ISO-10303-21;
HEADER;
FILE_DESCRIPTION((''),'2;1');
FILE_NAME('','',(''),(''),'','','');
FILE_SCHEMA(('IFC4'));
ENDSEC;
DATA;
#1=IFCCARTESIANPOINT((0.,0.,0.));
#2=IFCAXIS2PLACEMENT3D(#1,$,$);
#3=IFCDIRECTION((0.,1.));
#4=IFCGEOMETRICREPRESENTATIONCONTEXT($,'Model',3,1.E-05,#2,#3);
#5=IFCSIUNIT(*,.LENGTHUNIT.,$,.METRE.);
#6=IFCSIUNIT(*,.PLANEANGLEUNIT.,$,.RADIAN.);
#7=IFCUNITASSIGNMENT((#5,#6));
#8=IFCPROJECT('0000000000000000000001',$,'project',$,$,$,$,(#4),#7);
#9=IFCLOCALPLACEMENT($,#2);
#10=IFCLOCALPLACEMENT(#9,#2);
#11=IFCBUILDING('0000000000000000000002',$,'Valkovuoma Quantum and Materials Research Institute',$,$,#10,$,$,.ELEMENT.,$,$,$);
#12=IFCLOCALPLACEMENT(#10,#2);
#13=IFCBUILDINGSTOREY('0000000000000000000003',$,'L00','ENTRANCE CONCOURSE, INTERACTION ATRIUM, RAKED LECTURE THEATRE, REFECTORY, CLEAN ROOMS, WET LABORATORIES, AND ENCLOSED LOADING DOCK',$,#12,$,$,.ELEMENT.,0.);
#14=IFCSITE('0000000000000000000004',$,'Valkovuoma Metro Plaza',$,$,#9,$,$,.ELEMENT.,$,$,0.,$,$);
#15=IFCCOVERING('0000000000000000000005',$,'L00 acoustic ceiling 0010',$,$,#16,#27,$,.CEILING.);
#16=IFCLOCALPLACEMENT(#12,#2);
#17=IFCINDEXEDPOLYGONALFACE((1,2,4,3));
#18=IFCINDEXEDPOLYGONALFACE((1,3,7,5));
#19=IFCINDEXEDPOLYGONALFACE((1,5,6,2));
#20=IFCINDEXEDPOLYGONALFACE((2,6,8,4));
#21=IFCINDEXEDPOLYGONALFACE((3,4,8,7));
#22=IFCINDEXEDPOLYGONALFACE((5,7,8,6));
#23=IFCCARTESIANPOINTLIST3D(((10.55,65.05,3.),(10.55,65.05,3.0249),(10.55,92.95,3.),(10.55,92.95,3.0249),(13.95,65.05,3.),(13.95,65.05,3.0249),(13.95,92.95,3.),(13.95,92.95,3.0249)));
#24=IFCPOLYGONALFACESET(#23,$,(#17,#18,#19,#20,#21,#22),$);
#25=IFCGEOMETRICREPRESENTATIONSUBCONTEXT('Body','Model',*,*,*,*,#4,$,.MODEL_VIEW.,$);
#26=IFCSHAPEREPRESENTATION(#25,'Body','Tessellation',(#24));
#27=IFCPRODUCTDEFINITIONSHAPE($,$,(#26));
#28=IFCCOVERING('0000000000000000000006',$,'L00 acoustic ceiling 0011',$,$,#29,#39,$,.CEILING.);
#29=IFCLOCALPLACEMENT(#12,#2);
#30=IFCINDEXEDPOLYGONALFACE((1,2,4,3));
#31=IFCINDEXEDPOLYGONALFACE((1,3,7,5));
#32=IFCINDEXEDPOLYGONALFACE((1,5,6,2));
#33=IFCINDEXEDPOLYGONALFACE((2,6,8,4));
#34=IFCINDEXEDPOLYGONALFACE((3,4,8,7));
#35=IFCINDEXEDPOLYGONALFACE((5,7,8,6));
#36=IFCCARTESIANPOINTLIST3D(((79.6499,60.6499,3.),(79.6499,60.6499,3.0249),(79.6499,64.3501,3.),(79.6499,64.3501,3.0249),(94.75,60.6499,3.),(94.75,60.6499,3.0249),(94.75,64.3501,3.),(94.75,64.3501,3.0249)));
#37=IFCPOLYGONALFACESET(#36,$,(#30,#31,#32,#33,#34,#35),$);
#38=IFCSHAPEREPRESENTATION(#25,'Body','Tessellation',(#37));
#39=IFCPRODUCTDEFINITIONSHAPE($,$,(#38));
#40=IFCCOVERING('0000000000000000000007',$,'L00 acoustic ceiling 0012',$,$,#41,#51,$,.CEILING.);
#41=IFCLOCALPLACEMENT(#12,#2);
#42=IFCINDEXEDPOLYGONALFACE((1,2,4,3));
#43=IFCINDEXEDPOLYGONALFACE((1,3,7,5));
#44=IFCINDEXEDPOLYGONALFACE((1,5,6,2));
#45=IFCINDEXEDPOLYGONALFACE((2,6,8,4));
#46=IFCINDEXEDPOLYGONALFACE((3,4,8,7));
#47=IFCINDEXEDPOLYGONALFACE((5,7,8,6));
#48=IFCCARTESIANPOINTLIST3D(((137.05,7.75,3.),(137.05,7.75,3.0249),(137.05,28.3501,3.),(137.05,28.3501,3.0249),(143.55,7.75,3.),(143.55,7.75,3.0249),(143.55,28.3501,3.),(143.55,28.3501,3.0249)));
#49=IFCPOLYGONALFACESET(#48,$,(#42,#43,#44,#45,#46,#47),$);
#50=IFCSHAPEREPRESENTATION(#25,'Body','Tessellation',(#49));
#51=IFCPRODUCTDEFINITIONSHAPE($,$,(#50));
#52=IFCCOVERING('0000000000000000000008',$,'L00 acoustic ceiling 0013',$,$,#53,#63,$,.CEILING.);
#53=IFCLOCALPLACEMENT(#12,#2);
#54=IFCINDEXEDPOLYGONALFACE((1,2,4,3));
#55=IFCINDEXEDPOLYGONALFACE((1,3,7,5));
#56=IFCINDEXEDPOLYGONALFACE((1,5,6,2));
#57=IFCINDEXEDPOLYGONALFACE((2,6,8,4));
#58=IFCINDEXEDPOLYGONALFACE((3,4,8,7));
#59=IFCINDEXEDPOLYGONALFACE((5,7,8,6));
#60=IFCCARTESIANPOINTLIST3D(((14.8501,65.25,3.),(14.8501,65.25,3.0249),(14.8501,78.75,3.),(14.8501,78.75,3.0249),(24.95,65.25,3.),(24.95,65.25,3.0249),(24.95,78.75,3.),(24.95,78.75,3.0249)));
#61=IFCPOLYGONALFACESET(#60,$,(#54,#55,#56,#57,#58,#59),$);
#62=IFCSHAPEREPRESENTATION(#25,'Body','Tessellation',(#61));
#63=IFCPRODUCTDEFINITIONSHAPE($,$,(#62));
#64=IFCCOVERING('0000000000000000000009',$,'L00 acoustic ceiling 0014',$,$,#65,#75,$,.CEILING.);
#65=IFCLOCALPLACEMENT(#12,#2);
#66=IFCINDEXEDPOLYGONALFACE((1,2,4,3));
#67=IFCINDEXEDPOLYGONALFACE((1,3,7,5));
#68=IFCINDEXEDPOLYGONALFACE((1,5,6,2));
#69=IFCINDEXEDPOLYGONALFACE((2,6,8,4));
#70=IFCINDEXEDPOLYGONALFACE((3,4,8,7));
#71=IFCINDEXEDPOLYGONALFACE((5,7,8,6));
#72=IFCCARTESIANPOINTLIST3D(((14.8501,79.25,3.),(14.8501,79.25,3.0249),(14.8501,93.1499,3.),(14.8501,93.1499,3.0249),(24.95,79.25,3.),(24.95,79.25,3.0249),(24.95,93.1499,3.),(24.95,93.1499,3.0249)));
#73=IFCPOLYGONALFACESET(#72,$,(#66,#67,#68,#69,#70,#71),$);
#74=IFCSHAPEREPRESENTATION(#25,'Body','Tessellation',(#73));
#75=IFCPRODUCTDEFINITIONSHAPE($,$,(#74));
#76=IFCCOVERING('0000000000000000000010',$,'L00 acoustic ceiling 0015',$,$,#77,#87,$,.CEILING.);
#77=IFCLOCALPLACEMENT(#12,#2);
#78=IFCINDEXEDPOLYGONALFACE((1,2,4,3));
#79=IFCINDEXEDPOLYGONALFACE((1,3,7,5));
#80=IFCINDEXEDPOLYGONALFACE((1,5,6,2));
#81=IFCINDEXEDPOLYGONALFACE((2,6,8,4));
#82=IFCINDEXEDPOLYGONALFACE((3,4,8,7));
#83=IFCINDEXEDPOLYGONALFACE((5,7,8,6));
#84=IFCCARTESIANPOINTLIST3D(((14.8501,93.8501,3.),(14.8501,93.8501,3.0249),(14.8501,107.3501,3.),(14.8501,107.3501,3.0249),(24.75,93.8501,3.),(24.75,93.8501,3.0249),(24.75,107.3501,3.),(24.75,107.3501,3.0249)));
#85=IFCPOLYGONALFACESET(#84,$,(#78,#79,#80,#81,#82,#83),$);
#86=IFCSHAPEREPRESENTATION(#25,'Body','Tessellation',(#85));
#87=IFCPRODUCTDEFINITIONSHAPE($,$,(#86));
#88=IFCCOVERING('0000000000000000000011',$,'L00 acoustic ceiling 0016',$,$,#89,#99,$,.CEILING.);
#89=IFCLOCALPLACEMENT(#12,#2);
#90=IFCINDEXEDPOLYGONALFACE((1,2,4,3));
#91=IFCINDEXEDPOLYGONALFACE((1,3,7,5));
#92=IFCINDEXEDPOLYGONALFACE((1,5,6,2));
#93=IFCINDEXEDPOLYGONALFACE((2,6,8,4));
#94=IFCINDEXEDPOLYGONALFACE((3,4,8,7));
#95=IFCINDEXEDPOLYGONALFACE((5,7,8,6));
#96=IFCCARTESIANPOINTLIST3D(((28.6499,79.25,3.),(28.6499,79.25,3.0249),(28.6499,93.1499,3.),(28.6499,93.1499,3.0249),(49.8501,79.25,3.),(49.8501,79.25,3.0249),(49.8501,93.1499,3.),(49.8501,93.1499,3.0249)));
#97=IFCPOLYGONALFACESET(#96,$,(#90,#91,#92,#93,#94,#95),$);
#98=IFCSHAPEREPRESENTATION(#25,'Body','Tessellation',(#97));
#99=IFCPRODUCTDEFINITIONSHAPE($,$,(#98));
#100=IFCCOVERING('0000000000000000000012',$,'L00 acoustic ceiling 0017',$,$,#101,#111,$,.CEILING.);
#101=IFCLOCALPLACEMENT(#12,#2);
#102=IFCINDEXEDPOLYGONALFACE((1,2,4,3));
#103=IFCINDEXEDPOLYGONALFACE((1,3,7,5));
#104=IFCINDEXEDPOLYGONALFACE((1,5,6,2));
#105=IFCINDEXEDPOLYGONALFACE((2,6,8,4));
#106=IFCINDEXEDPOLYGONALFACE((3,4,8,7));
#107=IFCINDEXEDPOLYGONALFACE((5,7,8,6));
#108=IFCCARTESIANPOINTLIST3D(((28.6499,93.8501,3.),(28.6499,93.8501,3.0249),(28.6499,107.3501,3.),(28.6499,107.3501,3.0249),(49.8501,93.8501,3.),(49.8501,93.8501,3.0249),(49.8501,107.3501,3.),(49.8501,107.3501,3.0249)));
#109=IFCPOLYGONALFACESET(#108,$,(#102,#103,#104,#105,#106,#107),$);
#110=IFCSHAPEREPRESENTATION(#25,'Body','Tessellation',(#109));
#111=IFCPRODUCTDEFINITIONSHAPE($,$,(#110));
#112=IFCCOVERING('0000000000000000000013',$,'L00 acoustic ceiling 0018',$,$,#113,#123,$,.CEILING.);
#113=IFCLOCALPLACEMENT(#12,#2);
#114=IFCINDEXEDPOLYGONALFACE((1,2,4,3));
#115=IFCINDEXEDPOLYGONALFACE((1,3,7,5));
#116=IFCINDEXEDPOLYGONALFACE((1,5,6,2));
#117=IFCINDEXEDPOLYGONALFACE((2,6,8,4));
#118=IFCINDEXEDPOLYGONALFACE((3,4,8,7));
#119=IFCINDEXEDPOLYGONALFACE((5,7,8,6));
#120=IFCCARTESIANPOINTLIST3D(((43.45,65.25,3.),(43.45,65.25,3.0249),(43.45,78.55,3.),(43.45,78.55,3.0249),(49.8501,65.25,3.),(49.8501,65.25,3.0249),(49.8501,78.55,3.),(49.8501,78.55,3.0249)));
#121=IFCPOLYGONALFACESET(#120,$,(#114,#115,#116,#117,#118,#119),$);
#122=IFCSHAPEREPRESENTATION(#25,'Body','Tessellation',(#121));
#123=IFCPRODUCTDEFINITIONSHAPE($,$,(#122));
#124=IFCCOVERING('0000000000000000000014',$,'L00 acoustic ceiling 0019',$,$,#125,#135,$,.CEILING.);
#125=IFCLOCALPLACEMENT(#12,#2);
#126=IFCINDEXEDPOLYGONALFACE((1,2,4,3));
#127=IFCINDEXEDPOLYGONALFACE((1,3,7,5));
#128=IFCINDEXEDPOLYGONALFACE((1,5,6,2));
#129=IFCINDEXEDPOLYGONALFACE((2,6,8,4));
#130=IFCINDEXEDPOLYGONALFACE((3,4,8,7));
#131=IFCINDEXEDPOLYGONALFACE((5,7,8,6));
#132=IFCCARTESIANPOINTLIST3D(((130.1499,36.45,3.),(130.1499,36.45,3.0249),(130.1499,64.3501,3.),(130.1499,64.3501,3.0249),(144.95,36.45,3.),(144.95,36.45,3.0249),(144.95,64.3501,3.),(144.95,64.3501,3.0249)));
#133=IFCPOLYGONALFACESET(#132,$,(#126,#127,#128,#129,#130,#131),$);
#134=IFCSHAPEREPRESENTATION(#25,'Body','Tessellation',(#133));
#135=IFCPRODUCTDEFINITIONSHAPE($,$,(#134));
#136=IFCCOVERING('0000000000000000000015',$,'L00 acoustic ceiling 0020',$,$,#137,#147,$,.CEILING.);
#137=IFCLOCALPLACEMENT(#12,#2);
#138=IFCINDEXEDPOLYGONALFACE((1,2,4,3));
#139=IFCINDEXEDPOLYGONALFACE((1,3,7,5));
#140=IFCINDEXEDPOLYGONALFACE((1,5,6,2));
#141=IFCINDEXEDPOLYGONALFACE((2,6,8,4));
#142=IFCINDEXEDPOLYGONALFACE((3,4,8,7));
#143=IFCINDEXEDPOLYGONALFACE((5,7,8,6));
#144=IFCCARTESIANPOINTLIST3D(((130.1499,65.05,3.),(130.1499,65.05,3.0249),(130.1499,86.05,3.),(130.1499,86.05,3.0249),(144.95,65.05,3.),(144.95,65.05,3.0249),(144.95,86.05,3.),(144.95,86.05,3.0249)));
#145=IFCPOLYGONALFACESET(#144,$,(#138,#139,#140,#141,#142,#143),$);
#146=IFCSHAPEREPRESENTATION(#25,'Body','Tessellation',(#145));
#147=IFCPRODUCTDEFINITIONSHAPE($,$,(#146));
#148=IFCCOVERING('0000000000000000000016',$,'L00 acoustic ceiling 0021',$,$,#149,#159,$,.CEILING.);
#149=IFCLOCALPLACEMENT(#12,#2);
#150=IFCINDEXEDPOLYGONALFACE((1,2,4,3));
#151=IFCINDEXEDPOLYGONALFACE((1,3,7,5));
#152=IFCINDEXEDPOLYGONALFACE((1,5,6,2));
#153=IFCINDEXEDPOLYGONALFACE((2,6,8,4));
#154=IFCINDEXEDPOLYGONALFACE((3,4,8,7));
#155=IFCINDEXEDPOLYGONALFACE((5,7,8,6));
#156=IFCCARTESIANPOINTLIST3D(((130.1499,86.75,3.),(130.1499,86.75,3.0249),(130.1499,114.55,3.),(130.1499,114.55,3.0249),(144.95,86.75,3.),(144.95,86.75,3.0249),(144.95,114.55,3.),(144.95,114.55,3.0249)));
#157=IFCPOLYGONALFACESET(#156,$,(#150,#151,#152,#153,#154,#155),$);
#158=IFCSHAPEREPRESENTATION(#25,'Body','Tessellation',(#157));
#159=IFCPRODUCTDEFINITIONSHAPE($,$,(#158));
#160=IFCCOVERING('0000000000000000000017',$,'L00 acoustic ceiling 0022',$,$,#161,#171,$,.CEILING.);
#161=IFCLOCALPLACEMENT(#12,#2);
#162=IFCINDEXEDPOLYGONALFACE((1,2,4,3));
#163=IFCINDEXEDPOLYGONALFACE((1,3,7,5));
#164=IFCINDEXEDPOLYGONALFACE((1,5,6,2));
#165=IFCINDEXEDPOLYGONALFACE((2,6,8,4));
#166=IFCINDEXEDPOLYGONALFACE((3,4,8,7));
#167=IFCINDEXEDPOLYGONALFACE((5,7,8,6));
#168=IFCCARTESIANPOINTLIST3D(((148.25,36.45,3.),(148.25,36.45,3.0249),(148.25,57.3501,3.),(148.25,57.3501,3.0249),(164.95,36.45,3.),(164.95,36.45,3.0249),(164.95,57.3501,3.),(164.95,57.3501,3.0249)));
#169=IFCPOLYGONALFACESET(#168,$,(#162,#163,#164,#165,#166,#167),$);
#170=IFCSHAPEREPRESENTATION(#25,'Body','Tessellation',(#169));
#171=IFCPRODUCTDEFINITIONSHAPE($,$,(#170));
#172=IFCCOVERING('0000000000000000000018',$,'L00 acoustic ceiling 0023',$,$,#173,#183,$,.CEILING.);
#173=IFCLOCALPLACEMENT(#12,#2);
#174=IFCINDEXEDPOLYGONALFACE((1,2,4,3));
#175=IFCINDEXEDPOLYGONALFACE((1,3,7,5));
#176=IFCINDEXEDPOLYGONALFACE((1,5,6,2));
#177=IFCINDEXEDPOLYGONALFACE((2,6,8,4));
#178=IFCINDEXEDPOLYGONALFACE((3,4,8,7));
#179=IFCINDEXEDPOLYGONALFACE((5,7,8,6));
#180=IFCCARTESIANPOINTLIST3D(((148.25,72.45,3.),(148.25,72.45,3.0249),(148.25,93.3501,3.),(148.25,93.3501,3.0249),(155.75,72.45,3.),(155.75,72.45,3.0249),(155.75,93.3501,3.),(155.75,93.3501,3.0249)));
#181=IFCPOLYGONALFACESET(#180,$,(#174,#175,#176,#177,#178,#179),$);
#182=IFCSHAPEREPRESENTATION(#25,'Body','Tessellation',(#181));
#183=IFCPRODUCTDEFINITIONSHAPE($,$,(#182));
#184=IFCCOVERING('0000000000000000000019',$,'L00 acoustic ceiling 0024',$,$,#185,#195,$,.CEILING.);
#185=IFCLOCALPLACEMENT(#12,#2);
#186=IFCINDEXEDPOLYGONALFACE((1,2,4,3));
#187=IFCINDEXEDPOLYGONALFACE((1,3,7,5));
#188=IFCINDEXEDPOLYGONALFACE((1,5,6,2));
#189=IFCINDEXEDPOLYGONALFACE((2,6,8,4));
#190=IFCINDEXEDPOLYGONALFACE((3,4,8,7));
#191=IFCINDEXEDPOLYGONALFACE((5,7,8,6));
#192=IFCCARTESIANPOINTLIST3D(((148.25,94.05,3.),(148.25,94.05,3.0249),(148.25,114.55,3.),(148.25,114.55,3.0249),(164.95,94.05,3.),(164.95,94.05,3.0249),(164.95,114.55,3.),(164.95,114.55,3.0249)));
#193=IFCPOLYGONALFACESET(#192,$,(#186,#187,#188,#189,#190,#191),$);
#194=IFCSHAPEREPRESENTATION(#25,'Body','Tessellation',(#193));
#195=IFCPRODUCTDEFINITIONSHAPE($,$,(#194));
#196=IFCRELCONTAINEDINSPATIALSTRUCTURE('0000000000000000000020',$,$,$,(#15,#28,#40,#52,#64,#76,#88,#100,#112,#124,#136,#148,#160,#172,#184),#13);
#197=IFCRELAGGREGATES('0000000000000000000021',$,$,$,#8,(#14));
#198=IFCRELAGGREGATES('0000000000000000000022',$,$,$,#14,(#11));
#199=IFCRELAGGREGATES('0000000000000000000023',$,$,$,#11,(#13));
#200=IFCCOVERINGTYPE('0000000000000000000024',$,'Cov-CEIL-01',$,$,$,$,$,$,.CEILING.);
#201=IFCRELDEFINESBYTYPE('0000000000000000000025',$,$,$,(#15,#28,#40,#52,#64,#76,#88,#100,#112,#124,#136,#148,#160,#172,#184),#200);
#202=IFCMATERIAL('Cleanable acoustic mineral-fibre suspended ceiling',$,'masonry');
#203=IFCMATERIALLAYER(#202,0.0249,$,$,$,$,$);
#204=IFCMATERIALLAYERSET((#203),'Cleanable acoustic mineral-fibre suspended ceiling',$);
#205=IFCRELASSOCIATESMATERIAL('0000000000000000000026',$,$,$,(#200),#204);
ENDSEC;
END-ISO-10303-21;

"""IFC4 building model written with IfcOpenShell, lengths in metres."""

from ifc_helpers import new_model, si_unit, direction, frame, origin, place, context, subcontext, project, spatial, polyline, outline, extrude, material, layer, layer_set, type_object, element, save


model = new_model("IFC4")

# Units and contexts
model_context = context("Model", 3, precision=1e-05, world=origin(), true_north=direction((0.0, 1.0)))
body_context = subcontext(model_context, "Body", "Model", "MODEL_VIEW")
ifc_project = project(units=[si_unit("LENGTHUNIT", "METRE"), si_unit("PLANEANGLEUNIT", "RADIAN")], contexts=[model_context])

# Site, building, storey
site_placement = place(None, origin())
site = spatial("IfcSite", under=ifc_project, at=site_placement, Name="Valkovuoma Metro Plaza", CompositionType="ELEMENT", RefElevation=0.0)
building_placement = place(site_placement, origin())
building = spatial("IfcBuilding", under=site, at=building_placement, Name="Valkovuoma Quantum and Materials Research Institute", CompositionType="ELEMENT")
storey_placement = place(building_placement, origin())
storey = spatial("IfcBuildingStorey", under=building, at=storey_placement, Name="L00", Description="ENTRANCE CONCOURSE, INTERACTION ATRIUM, RAKED LECTURE THEATRE, REFECTORY, CLEAN ROOMS, WET LABORATORIES, AND ENCLOSED LOADING DOCK", CompositionType="ELEMENT", Elevation=0.0)

# Coverings
ifc_material_1 = material(Name="Cleanable acoustic mineral-fibre suspended ceiling", Category="masonry")
ifc_layer_1 = layer(ifc_material_1, 0.0249)
ifc_layer_set_1 = layer_set([ifc_layer_1], Name="Cleanable acoustic mineral-fibre suspended ceiling")
covering_type_1 = type_object("IfcCoveringType", Name="Cov-CEIL-01", PredefinedType="CEILING", material=ifc_layer_set_1)
covering_1_placement = place(storey_placement, frame((0.0, 0.0, 3.0)))
element("IfcCovering", 1, at=covering_1_placement, inside=storey, type_object=covering_type_1, Name="L00 acoustic ceiling 0010", PredefinedType="CEILING", context=body_context, shape_type="SweptSolid", body=[
    extrude(outline(polyline([(10.55, 65.05), (13.95, 65.05), (13.95, 92.95), (10.55, 92.95), (10.55, 65.05)])), origin(), (0.0, 0.0, 1.0), 0.0249),
])
covering_2_placement = place(storey_placement, frame((0.0, 0.0, 3.0)))
element("IfcCovering", 2, at=covering_2_placement, inside=storey, type_object=covering_type_1, Name="L00 acoustic ceiling 0011", PredefinedType="CEILING", context=body_context, shape_type="SweptSolid", body=[
    extrude(outline(polyline([(79.6499, 60.6499), (94.75, 60.6499), (94.75, 64.3501), (79.6499, 64.3501), (79.6499, 60.6499)])), origin(), (0.0, 0.0, 1.0), 0.0249),
])
covering_3_placement = place(storey_placement, frame((0.0, 0.0, 3.0)))
element("IfcCovering", 3, at=covering_3_placement, inside=storey, type_object=covering_type_1, Name="L00 acoustic ceiling 0012", PredefinedType="CEILING", context=body_context, shape_type="SweptSolid", body=[
    extrude(outline(polyline([(137.05, 7.75), (143.55, 7.75), (143.55, 28.3501), (137.05, 28.3501), (137.05, 7.75)])), origin(), (0.0, 0.0, 1.0), 0.0249),
])
covering_4_placement = place(storey_placement, frame((0.0, 0.0, 3.0)))
element("IfcCovering", 4, at=covering_4_placement, inside=storey, type_object=covering_type_1, Name="L00 acoustic ceiling 0013", PredefinedType="CEILING", context=body_context, shape_type="SweptSolid", body=[
    extrude(outline(polyline([(14.8501, 65.25), (24.95, 65.25), (24.95, 78.75), (14.8501, 78.75), (14.8501, 65.25)])), origin(), (0.0, 0.0, 1.0), 0.0249),
])
covering_5_placement = place(storey_placement, frame((0.0, 0.0, 3.0)))
element("IfcCovering", 5, at=covering_5_placement, inside=storey, type_object=covering_type_1, Name="L00 acoustic ceiling 0014", PredefinedType="CEILING", context=body_context, shape_type="SweptSolid", body=[
    extrude(outline(polyline([(14.8501, 79.25), (24.95, 79.25), (24.95, 93.1499), (14.8501, 93.1499), (14.8501, 79.25)])), origin(), (0.0, 0.0, 1.0), 0.0249),
])
covering_6_placement = place(storey_placement, frame((0.0, 0.0, 3.0)))
element("IfcCovering", 6, at=covering_6_placement, inside=storey, type_object=covering_type_1, Name="L00 acoustic ceiling 0015", PredefinedType="CEILING", context=body_context, shape_type="SweptSolid", body=[
    extrude(outline(polyline([(14.8501, 93.8501), (24.75, 93.8501), (24.75, 107.3501), (14.8501, 107.3501), (14.8501, 93.8501)])), origin(), (0.0, 0.0, 1.0), 0.0249),
])
covering_7_placement = place(storey_placement, frame((0.0, 0.0, 3.0)))
element("IfcCovering", 7, at=covering_7_placement, inside=storey, type_object=covering_type_1, Name="L00 acoustic ceiling 0016", PredefinedType="CEILING", context=body_context, shape_type="SweptSolid", body=[
    extrude(outline(polyline([(28.6499, 79.25), (49.8501, 79.25), (49.8501, 93.1499), (28.6499, 93.1499), (28.6499, 79.25)])), origin(), (0.0, 0.0, 1.0), 0.0249),
])
covering_8_placement = place(storey_placement, frame((0.0, 0.0, 3.0)))
element("IfcCovering", 8, at=covering_8_placement, inside=storey, type_object=covering_type_1, Name="L00 acoustic ceiling 0017", PredefinedType="CEILING", context=body_context, shape_type="SweptSolid", body=[
    extrude(outline(polyline([(28.6499, 93.8501), (49.8501, 93.8501), (49.8501, 107.3501), (28.6499, 107.3501), (28.6499, 93.8501)])), origin(), (0.0, 0.0, 1.0), 0.0249),
])
covering_9_placement = place(storey_placement, frame((0.0, 0.0, 3.0)))
element("IfcCovering", 9, at=covering_9_placement, inside=storey, type_object=covering_type_1, Name="L00 acoustic ceiling 0018", PredefinedType="CEILING", context=body_context, shape_type="SweptSolid", body=[
    extrude(outline(polyline([(43.45, 65.25), (49.8501, 65.25), (49.8501, 78.55), (43.45, 78.55), (43.45, 65.25)])), origin(), (0.0, 0.0, 1.0), 0.0249),
])
covering_10_placement = place(storey_placement, frame((0.0, 0.0, 3.0)))
element("IfcCovering", 10, at=covering_10_placement, inside=storey, type_object=covering_type_1, Name="L00 acoustic ceiling 0019", PredefinedType="CEILING", context=body_context, shape_type="SweptSolid", body=[
    extrude(outline(polyline([(130.1499, 36.45), (144.95, 36.45), (144.95, 64.3501), (130.1499, 64.3501), (130.1499, 36.45)])), origin(), (0.0, 0.0, 1.0), 0.0249),
])
covering_11_placement = place(storey_placement, frame((0.0, 0.0, 3.0)))
element("IfcCovering", 11, at=covering_11_placement, inside=storey, type_object=covering_type_1, Name="L00 acoustic ceiling 0020", PredefinedType="CEILING", context=body_context, shape_type="SweptSolid", body=[
    extrude(outline(polyline([(130.1499, 65.05), (144.95, 65.05), (144.95, 86.05), (130.1499, 86.05), (130.1499, 65.05)])), origin(), (0.0, 0.0, 1.0), 0.0249),
])
covering_12_placement = place(storey_placement, frame((0.0, 0.0, 3.0)))
element("IfcCovering", 12, at=covering_12_placement, inside=storey, type_object=covering_type_1, Name="L00 acoustic ceiling 0021", PredefinedType="CEILING", context=body_context, shape_type="SweptSolid", body=[
    extrude(outline(polyline([(130.1499, 86.75), (144.95, 86.75), (144.95, 114.55), (130.1499, 114.55), (130.1499, 86.75)])), origin(), (0.0, 0.0, 1.0), 0.0249),
])
covering_13_placement = place(storey_placement, frame((0.0, 0.0, 3.0)))
element("IfcCovering", 13, at=covering_13_placement, inside=storey, type_object=covering_type_1, Name="L00 acoustic ceiling 0022", PredefinedType="CEILING", context=body_context, shape_type="SweptSolid", body=[
    extrude(outline(polyline([(148.25, 36.45), (164.95, 36.45), (164.95, 57.3501), (148.25, 57.3501), (148.25, 36.45)])), origin(), (0.0, 0.0, 1.0), 0.0249),
])
covering_14_placement = place(storey_placement, frame((0.0, 0.0, 3.0)))
element("IfcCovering", 14, at=covering_14_placement, inside=storey, type_object=covering_type_1, Name="L00 acoustic ceiling 0023", PredefinedType="CEILING", context=body_context, shape_type="SweptSolid", body=[
    extrude(outline(polyline([(148.25, 72.45), (155.75, 72.45), (155.75, 93.3501), (148.25, 93.3501), (148.25, 72.45)])), origin(), (0.0, 0.0, 1.0), 0.0249),
])
covering_15_placement = place(storey_placement, frame((0.0, 0.0, 3.0)))
element("IfcCovering", 15, at=covering_15_placement, inside=storey, type_object=covering_type_1, Name="L00 acoustic ceiling 0024", PredefinedType="CEILING", context=body_context, shape_type="SweptSolid", body=[
    extrude(outline(polyline([(148.25, 94.05), (164.95, 94.05), (164.95, 114.55), (148.25, 114.55), (148.25, 94.05)])), origin(), (0.0, 0.0, 1.0), 0.0249),
])

save(model, "model.ifc")
